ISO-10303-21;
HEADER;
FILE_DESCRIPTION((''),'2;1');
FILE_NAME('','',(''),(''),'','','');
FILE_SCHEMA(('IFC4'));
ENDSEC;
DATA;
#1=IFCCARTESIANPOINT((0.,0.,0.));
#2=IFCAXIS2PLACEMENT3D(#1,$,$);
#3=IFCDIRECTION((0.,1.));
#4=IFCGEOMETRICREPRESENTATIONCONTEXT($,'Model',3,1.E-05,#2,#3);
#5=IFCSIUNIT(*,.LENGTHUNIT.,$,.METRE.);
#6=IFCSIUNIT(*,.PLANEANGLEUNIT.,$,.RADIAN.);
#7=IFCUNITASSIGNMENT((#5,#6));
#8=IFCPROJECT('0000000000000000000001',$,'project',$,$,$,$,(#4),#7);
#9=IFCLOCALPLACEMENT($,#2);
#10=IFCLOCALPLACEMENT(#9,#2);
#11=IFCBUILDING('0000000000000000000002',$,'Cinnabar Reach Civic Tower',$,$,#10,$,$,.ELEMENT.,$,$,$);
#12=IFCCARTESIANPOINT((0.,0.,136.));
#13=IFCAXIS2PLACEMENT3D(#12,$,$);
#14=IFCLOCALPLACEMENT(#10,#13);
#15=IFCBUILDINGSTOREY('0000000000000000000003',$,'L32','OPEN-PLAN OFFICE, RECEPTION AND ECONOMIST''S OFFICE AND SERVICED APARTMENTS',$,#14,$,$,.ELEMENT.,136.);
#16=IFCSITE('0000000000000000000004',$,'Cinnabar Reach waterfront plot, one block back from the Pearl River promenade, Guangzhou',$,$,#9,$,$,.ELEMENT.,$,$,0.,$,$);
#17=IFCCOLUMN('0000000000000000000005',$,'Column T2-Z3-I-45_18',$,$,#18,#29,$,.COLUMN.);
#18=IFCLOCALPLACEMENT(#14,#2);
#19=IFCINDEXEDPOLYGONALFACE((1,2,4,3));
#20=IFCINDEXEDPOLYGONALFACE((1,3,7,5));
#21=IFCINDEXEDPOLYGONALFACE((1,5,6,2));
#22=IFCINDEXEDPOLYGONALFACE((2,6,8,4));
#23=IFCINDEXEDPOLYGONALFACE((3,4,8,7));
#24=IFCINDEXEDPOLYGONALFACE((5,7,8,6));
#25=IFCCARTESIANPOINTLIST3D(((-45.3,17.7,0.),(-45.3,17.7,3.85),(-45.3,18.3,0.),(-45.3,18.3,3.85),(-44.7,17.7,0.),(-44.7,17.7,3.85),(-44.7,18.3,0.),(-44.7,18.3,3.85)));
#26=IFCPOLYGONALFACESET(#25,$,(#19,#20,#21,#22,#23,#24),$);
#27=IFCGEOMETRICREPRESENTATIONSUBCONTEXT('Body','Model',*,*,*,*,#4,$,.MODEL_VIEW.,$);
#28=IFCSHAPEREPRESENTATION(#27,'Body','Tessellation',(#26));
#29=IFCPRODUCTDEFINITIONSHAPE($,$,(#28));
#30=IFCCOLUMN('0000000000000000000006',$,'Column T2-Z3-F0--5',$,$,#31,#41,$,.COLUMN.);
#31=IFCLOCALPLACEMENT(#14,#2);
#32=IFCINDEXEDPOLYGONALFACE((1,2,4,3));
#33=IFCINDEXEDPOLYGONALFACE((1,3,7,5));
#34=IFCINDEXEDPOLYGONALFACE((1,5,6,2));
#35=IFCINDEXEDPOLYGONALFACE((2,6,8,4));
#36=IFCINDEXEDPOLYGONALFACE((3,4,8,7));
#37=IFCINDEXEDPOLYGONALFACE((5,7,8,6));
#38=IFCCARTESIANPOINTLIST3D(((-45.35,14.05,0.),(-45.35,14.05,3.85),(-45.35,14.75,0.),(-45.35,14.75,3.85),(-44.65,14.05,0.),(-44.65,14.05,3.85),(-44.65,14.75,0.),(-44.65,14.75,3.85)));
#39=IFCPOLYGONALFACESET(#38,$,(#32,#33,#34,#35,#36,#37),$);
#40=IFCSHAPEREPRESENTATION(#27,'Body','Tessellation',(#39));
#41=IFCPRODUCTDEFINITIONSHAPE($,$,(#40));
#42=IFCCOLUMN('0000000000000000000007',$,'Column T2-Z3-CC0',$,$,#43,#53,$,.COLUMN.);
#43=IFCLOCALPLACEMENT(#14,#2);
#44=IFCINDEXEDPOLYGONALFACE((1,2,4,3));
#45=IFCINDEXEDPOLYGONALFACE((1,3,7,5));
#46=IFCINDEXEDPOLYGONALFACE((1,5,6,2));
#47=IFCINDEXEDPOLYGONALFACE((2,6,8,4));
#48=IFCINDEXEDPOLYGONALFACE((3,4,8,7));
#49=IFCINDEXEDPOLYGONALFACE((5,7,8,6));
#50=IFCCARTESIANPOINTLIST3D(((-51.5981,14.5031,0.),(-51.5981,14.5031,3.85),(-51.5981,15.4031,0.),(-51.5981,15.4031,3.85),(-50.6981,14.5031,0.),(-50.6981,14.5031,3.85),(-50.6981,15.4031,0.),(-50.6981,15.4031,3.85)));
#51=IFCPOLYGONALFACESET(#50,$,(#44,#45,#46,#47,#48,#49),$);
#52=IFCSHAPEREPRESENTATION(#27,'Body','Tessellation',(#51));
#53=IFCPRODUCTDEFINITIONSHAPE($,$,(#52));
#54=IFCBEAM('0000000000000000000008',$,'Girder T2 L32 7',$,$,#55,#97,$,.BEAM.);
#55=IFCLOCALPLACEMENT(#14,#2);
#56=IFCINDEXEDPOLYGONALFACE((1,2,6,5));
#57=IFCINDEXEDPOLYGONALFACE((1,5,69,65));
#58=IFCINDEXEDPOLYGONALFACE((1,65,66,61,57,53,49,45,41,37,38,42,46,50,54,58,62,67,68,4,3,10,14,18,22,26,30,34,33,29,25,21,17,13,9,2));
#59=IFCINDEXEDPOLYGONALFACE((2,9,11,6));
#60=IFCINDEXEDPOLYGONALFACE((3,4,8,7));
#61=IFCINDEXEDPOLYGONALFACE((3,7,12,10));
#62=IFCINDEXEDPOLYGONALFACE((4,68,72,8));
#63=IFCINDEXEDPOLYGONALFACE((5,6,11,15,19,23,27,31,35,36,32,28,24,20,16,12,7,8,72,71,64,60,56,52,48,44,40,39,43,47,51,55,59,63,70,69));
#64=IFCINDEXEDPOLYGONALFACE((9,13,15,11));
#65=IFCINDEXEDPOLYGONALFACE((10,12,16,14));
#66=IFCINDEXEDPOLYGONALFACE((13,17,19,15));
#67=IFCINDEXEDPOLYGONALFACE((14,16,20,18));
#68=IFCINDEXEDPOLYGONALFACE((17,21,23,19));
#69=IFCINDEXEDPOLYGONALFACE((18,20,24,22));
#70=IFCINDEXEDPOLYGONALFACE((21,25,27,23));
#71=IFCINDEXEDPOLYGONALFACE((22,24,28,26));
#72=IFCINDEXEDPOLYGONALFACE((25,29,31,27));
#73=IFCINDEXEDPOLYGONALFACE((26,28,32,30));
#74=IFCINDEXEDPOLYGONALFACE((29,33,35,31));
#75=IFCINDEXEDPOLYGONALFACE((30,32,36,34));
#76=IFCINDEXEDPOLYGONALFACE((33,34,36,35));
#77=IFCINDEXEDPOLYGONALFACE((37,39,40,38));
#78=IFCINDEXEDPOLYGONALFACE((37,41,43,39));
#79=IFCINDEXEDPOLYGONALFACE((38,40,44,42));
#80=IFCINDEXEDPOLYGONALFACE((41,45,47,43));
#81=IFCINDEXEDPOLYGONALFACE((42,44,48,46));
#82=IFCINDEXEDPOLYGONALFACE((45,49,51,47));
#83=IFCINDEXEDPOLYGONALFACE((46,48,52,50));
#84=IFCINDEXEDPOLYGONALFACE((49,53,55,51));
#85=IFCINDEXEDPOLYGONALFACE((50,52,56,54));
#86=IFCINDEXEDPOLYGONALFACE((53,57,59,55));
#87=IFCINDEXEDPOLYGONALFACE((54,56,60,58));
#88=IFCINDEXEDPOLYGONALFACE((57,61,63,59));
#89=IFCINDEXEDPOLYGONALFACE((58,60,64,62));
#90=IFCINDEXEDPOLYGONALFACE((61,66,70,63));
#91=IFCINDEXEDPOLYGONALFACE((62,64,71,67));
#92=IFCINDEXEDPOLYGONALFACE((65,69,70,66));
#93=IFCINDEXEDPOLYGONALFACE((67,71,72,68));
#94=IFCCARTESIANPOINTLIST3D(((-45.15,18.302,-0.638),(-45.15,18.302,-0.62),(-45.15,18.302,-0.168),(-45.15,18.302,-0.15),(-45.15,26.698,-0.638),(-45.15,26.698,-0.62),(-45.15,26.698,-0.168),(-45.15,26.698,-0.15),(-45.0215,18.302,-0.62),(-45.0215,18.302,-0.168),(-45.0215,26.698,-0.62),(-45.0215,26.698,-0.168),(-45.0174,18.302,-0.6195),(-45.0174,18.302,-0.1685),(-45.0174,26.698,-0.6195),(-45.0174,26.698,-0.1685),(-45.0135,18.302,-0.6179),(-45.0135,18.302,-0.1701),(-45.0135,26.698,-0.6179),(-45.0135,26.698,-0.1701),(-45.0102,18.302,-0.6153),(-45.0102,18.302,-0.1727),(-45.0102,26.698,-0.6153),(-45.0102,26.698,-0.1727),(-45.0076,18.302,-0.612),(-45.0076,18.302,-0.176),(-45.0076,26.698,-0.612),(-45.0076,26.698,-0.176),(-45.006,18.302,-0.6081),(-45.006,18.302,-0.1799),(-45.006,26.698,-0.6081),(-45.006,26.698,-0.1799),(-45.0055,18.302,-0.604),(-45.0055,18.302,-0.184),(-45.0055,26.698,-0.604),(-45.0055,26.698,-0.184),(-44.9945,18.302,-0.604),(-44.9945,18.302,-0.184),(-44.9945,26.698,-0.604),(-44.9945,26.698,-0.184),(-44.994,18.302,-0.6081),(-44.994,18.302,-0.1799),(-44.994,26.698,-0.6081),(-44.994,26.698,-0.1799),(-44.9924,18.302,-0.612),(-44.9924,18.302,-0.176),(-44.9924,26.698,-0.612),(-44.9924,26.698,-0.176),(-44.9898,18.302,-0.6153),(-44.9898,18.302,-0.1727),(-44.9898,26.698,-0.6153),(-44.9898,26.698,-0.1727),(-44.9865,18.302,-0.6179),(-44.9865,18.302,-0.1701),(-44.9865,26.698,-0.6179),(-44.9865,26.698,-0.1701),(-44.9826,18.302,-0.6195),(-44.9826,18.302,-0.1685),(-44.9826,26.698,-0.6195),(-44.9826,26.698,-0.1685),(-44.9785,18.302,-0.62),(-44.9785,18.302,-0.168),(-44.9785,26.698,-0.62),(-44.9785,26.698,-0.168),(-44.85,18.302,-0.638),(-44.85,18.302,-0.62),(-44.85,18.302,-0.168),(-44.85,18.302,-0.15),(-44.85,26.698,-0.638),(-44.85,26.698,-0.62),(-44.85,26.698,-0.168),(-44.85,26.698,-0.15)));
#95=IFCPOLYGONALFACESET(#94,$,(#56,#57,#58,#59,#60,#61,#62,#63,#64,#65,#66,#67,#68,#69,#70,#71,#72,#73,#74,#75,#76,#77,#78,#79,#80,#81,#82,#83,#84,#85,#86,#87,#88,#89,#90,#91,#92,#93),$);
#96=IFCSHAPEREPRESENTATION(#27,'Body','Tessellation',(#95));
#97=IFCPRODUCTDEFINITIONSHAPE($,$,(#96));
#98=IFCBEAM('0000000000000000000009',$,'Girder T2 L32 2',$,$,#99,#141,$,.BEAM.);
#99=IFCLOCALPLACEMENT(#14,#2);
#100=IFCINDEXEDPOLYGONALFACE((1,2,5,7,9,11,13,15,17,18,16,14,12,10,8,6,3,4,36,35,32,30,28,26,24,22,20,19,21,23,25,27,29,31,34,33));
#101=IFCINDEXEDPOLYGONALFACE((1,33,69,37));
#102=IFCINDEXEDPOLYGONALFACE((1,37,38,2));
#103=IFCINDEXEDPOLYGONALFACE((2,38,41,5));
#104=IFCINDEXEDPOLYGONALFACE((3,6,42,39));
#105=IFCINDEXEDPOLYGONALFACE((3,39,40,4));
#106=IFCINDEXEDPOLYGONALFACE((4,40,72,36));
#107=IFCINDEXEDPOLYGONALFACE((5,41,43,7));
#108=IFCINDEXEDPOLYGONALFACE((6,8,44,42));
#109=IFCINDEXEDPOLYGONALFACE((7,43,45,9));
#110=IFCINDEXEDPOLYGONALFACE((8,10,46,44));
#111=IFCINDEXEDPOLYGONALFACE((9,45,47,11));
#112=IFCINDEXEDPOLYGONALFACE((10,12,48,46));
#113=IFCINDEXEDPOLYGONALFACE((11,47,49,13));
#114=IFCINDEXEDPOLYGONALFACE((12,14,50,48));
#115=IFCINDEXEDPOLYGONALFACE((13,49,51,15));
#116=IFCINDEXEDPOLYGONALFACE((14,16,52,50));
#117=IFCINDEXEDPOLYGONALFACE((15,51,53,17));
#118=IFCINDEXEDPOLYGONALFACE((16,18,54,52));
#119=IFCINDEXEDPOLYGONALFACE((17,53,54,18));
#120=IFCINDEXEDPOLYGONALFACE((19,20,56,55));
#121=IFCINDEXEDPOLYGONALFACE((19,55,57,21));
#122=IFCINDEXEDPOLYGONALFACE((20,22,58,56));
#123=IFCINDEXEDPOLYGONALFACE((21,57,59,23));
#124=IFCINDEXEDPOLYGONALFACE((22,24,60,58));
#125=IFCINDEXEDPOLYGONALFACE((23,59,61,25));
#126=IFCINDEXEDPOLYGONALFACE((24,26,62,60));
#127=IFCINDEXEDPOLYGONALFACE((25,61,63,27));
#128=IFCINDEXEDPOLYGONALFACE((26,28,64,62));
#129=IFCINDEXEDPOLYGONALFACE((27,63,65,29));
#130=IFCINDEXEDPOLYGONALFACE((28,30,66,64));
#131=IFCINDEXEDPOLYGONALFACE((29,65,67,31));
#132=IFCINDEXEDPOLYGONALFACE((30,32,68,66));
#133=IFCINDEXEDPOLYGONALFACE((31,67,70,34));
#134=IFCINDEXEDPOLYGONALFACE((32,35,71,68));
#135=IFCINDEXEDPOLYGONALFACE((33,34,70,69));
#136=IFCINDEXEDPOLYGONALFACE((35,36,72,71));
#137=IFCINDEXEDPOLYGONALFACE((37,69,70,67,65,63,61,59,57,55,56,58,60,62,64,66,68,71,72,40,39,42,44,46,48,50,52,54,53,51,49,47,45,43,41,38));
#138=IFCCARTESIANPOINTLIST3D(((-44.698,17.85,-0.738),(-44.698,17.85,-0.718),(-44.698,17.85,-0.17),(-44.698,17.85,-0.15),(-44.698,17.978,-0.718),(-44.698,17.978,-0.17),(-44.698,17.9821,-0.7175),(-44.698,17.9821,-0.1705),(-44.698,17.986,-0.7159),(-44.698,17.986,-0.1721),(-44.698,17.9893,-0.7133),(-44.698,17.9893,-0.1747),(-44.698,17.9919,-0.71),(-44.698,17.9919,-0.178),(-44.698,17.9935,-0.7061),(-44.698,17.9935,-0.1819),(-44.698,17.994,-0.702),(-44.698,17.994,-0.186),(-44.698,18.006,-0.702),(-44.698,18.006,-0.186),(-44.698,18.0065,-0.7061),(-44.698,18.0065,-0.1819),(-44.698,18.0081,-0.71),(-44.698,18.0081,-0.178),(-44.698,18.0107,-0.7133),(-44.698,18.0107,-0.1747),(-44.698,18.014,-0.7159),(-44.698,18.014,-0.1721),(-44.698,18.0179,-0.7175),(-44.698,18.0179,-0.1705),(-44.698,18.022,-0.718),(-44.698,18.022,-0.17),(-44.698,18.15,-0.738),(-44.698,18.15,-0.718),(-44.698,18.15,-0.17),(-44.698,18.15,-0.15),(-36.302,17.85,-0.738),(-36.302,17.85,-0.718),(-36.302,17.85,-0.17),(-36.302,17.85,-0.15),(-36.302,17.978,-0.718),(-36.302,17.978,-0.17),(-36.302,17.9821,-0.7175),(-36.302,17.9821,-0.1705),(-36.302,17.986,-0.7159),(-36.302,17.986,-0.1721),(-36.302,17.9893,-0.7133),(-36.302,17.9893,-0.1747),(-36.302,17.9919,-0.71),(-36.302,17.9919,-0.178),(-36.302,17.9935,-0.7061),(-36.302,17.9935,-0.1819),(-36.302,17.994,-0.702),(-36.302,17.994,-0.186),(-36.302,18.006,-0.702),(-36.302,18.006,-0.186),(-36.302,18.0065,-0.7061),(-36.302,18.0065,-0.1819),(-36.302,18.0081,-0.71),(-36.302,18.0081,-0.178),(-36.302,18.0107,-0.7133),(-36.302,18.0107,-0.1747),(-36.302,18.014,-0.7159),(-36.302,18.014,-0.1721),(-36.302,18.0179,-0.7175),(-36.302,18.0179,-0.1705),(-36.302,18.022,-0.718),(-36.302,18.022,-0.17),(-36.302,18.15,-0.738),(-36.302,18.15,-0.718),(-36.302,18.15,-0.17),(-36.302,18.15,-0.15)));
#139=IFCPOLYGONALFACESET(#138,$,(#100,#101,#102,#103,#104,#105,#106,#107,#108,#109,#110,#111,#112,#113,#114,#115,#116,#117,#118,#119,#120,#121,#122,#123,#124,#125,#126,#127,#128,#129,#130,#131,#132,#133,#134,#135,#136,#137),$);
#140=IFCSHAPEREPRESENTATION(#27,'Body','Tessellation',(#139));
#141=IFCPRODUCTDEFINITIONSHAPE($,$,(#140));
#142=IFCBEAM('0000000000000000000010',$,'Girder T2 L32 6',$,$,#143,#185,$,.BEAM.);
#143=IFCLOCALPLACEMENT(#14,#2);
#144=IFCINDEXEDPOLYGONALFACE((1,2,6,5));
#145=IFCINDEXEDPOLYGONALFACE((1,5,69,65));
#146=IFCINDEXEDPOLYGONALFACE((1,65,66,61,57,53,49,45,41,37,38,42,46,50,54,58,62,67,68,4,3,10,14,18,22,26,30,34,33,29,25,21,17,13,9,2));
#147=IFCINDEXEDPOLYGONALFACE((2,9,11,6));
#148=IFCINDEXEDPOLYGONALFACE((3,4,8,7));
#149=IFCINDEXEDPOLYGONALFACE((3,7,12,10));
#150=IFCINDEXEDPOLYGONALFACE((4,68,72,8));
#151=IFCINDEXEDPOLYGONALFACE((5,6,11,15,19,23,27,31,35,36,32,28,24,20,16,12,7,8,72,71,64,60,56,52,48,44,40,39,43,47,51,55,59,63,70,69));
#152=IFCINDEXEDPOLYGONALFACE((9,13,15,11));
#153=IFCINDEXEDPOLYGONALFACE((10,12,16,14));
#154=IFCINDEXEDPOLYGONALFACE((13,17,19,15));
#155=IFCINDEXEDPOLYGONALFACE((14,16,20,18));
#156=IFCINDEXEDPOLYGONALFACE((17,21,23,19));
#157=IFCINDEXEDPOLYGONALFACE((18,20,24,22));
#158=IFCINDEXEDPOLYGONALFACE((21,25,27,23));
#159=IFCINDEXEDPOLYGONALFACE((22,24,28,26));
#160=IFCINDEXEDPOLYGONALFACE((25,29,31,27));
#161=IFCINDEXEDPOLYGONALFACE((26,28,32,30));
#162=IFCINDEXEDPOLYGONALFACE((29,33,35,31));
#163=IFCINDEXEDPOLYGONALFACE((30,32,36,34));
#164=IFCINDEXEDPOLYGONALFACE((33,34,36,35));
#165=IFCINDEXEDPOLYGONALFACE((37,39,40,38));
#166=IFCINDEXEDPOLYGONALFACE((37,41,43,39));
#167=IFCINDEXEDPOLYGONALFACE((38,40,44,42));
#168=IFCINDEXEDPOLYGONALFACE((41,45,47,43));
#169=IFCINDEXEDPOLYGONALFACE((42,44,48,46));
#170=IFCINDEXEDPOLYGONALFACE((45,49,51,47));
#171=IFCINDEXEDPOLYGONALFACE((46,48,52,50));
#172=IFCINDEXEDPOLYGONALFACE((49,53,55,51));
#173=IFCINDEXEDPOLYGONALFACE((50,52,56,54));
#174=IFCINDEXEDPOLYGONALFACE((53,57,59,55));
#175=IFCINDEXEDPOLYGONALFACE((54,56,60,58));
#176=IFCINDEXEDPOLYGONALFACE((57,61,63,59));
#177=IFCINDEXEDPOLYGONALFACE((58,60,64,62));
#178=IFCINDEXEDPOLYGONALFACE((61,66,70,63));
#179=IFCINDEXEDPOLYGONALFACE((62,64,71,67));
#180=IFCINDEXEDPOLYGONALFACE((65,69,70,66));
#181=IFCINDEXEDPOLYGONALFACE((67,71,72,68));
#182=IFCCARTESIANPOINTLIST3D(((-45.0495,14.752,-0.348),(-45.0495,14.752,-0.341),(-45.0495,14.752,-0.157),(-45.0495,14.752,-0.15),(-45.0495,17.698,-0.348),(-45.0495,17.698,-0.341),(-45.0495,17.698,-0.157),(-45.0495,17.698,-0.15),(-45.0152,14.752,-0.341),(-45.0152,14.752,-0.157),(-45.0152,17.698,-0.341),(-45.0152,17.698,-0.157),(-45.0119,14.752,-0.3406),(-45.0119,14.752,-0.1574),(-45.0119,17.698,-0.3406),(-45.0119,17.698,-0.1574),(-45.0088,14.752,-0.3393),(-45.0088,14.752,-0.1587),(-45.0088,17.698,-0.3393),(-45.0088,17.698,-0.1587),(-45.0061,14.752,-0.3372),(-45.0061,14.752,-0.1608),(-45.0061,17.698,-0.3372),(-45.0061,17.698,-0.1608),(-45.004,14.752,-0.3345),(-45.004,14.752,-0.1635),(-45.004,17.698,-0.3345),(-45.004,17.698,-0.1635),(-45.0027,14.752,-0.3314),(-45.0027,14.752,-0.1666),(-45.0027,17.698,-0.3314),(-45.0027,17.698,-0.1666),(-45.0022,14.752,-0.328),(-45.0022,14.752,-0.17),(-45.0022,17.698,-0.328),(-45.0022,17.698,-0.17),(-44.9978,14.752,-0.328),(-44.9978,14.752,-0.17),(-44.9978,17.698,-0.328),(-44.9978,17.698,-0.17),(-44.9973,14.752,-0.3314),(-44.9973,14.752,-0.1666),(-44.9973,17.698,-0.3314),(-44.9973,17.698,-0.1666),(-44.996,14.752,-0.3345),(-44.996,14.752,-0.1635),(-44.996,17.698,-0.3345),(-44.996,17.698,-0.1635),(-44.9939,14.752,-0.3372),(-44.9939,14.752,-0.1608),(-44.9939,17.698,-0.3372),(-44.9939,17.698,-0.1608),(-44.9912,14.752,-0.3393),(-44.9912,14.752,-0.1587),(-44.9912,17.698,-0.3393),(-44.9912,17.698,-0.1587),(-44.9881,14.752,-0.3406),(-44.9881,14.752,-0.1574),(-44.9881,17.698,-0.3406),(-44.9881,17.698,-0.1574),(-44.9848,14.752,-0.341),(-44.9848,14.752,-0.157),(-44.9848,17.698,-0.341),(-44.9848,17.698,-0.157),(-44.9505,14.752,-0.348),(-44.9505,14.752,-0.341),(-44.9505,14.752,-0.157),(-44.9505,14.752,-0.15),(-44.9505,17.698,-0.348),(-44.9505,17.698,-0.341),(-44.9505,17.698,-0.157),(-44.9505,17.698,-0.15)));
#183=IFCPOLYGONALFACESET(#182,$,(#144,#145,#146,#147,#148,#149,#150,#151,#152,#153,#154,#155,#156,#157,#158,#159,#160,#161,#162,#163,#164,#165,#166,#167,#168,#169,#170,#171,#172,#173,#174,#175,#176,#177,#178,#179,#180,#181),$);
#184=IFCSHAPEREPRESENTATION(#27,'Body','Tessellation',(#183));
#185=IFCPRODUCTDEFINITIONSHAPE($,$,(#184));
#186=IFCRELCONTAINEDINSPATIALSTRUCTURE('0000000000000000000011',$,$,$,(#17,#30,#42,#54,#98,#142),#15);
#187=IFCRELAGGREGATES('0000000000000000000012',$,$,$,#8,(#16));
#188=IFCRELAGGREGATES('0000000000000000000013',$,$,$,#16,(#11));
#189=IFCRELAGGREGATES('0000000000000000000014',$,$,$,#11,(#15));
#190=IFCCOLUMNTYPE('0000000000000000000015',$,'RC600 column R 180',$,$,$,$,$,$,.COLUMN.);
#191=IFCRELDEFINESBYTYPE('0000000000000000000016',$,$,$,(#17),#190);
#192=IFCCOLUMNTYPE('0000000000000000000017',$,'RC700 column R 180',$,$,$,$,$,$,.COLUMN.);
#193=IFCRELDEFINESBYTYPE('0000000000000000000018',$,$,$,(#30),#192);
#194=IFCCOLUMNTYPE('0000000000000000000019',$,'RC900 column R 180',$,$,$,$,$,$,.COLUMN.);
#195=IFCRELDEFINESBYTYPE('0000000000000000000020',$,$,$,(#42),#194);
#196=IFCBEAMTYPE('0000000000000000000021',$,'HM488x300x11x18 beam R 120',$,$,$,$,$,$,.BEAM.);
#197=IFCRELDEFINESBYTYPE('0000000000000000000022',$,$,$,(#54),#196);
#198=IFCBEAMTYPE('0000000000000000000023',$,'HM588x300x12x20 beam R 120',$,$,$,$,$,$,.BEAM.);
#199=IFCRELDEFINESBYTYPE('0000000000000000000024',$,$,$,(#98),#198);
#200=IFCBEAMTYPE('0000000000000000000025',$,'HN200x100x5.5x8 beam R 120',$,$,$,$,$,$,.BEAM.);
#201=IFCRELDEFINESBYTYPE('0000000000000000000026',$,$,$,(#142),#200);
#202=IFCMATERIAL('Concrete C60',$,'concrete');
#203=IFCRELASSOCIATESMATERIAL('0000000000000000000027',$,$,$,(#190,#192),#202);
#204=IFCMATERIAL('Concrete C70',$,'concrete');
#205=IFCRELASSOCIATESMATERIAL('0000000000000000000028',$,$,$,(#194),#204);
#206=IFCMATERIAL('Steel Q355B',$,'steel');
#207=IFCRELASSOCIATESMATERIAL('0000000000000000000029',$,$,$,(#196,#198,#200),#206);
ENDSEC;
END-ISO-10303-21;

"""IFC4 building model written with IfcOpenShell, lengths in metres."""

from ifc_helpers import new_model, si_unit, direction, frame, origin, origin_2d, place, context, subcontext, project, spatial, rectangle, i_section, extrude, material, material_profile, profile_set, type_object, element, save


model = new_model("IFC4")

# Units and contexts
model_context = context("Model", 3, precision=1e-05, world=origin(), true_north=direction((0.0, 1.0)))
body_context = subcontext(model_context, "Body", "Model", "MODEL_VIEW")
ifc_project = project(units=[si_unit("LENGTHUNIT", "METRE"), si_unit("PLANEANGLEUNIT", "RADIAN")], contexts=[model_context])

# Site, building, storey
site_placement = place(None, origin())
site = spatial("IfcSite", under=ifc_project, at=site_placement, Name="Cinnabar Reach waterfront plot, one block back from the Pearl River promenade, Guangzhou", CompositionType="ELEMENT", RefElevation=0.0)
building_placement = place(site_placement, origin())
building = spatial("IfcBuilding", under=site, at=building_placement, Name="Cinnabar Reach Civic Tower", CompositionType="ELEMENT")
storey_placement = place(building_placement, frame((0.0, 0.0, 136.0)))
storey = spatial("IfcBuildingStorey", under=building, at=storey_placement, Name="L32", Description="OPEN-PLAN OFFICE, RECEPTION AND ECONOMIST'S OFFICE AND SERVICED APARTMENTS", CompositionType="ELEMENT", Elevation=136.0)

# Columns
ifc_material_1 = material(Name="Concrete C60", Category="concrete")
ifc_material_profile_1 = material_profile(ifc_material_1, rectangle(XDim=0.6, YDim=0.6, at=origin_2d()), Name="RC600")
ifc_profile_set_1 = profile_set([ifc_material_profile_1], Name="Concrete C60")
column_type_1 = type_object("IfcColumnType", Name="RC600 column R 180", PredefinedType="COLUMN", material=ifc_profile_set_1)
column_1_placement = place(storey_placement, frame((-45.0, 18.0, 0.0), z_axis=(0.0, 0.0, 1.0), x_axis=(1.0, 0.0, 0.0)))
element("IfcColumn", 1, at=column_1_placement, inside=storey, type_object=column_type_1, Name="Column T2-Z3-I-45_18", PredefinedType="COLUMN", context=body_context, shape_type="SweptSolid", body=[
    extrude(rectangle(XDim=0.6, YDim=0.6, at=origin_2d()), origin(), (0.0, 0.0, 1.0), 3.85),
])
ifc_material_profile_2 = material_profile(ifc_material_1, rectangle(XDim=0.7, YDim=0.7, at=origin_2d()), Name="RC700")
ifc_profile_set_2 = profile_set([ifc_material_profile_2], Name="Concrete C60")
column_type_2 = type_object("IfcColumnType", Name="RC700 column R 180", PredefinedType="COLUMN", material=ifc_profile_set_2)
column_2_placement = place(storey_placement, frame((-45.0, 14.4, 0.0), z_axis=(0.0, 0.0, 1.0), x_axis=(1.0, 0.0, 0.0)))
element("IfcColumn", 2, at=column_2_placement, inside=storey, type_object=column_type_2, Name="Column T2-Z3-F0--5", PredefinedType="COLUMN", context=body_context, shape_type="SweptSolid", body=[
    extrude(rectangle(XDim=0.7, YDim=0.7, at=origin_2d()), origin(), (0.0, 0.0, 1.0), 3.85),
])
ifc_material_2 = material(Name="Concrete C70", Category="concrete")
ifc_material_profile_3 = material_profile(ifc_material_2, rectangle(XDim=0.9, YDim=0.9, at=origin_2d()), Name="RC900")
ifc_profile_set_3 = profile_set([ifc_material_profile_3], Name="Concrete C70")
column_type_3 = type_object("IfcColumnType", Name="RC900 column R 180", PredefinedType="COLUMN", material=ifc_profile_set_3)
column_3_placement = place(storey_placement, frame((-51.1481, 14.9531, 0.0), z_axis=(0.0, 0.0, 1.0), x_axis=(1.0, 0.0, 0.0)))
element("IfcColumn", 3, at=column_3_placement, inside=storey, type_object=column_type_3, Name="Column T2-Z3-CC0", PredefinedType="COLUMN", context=body_context, shape_type="SweptSolid", body=[
    extrude(rectangle(XDim=0.9, YDim=0.9, at=origin_2d()), origin(), (0.0, 0.0, 1.0), 3.85),
])

# Beams
ifc_material_3 = material(Name="Steel Q355B", Category="steel")
ifc_material_profile_4 = material_profile(ifc_material_3, i_section(OverallWidth=0.3, OverallDepth=0.488, WebThickness=0.011, FlangeThickness=0.018, FilletRadius=0.016, at=origin_2d()), Name="HM488x300x11x18")
ifc_profile_set_4 = profile_set([ifc_material_profile_4], Name="Steel Q355B")
beam_type_1 = type_object("IfcBeamType", Name="HM488x300x11x18 beam R 120", PredefinedType="BEAM", material=ifc_profile_set_4)
beam_1_placement = place(storey_placement, frame((-45.0, 18.302, -0.394), z_axis=(0.0, 1.0, 0.0), x_axis=(-1.0, 0.0, 0.0)))
element("IfcBeam", 4, at=beam_1_placement, inside=storey, type_object=beam_type_1, Name="Girder T2 L32 7", PredefinedType="BEAM", context=body_context, shape_type="SweptSolid", body=[
    extrude(i_section(OverallWidth=0.3, OverallDepth=0.488, WebThickness=0.011, FlangeThickness=0.018, FilletRadius=0.016, at=origin_2d()), origin(), (0.0, 0.0, 1.0), 8.396),
])
ifc_material_profile_5 = material_profile(ifc_material_3, i_section(OverallWidth=0.3, OverallDepth=0.588, WebThickness=0.012, FlangeThickness=0.02, FilletRadius=0.016, at=origin_2d()), Name="HM588x300x12x20")
ifc_profile_set_5 = profile_set([ifc_material_profile_5], Name="Steel Q355B")
beam_type_2 = type_object("IfcBeamType", Name="HM588x300x12x20 beam R 120", PredefinedType="BEAM", material=ifc_profile_set_5)
beam_2_placement = place(storey_placement, frame((-44.698, 18.0, -0.444), z_axis=(1.0, 0.0, 0.0), x_axis=(0.0, 1.0, 0.0)))
element("IfcBeam", 5, at=beam_2_placement, inside=storey, type_object=beam_type_2, Name="Girder T2 L32 2", PredefinedType="BEAM", context=body_context, shape_type="SweptSolid", body=[
    extrude(i_section(OverallWidth=0.3, OverallDepth=0.588, WebThickness=0.012, FlangeThickness=0.02, FilletRadius=0.016, at=origin_2d()), origin(), (0.0, 0.0, 1.0), 8.396),
])
ifc_material_profile_6 = material_profile(ifc_material_3, i_section(OverallWidth=0.099, OverallDepth=0.198, WebThickness=0.0045, FlangeThickness=0.007, FilletRadius=0.013, at=origin_2d()), Name="HN200x100x5.5x8")
ifc_profile_set_6 = profile_set([ifc_material_profile_6], Name="Steel Q355B")
beam_type_3 = type_object("IfcBeamType", Name="HN200x100x5.5x8 beam R 120", PredefinedType="BEAM", material=ifc_profile_set_6)
beam_3_placement = place(storey_placement, frame((-45.0, 14.752, -0.249), z_axis=(0.0, 1.0, 0.0), x_axis=(-1.0, 0.0, 0.0)))
element("IfcBeam", 6, at=beam_3_placement, inside=storey, type_object=beam_type_3, Name="Girder T2 L32 6", PredefinedType="BEAM", context=body_context, shape_type="SweptSolid", body=[
    extrude(i_section(OverallWidth=0.099, OverallDepth=0.198, WebThickness=0.0045, FlangeThickness=0.007, FilletRadius=0.013, at=origin_2d()), origin(), (0.0, 0.0, 1.0), 2.946),
])

save(model, "model.ifc")
